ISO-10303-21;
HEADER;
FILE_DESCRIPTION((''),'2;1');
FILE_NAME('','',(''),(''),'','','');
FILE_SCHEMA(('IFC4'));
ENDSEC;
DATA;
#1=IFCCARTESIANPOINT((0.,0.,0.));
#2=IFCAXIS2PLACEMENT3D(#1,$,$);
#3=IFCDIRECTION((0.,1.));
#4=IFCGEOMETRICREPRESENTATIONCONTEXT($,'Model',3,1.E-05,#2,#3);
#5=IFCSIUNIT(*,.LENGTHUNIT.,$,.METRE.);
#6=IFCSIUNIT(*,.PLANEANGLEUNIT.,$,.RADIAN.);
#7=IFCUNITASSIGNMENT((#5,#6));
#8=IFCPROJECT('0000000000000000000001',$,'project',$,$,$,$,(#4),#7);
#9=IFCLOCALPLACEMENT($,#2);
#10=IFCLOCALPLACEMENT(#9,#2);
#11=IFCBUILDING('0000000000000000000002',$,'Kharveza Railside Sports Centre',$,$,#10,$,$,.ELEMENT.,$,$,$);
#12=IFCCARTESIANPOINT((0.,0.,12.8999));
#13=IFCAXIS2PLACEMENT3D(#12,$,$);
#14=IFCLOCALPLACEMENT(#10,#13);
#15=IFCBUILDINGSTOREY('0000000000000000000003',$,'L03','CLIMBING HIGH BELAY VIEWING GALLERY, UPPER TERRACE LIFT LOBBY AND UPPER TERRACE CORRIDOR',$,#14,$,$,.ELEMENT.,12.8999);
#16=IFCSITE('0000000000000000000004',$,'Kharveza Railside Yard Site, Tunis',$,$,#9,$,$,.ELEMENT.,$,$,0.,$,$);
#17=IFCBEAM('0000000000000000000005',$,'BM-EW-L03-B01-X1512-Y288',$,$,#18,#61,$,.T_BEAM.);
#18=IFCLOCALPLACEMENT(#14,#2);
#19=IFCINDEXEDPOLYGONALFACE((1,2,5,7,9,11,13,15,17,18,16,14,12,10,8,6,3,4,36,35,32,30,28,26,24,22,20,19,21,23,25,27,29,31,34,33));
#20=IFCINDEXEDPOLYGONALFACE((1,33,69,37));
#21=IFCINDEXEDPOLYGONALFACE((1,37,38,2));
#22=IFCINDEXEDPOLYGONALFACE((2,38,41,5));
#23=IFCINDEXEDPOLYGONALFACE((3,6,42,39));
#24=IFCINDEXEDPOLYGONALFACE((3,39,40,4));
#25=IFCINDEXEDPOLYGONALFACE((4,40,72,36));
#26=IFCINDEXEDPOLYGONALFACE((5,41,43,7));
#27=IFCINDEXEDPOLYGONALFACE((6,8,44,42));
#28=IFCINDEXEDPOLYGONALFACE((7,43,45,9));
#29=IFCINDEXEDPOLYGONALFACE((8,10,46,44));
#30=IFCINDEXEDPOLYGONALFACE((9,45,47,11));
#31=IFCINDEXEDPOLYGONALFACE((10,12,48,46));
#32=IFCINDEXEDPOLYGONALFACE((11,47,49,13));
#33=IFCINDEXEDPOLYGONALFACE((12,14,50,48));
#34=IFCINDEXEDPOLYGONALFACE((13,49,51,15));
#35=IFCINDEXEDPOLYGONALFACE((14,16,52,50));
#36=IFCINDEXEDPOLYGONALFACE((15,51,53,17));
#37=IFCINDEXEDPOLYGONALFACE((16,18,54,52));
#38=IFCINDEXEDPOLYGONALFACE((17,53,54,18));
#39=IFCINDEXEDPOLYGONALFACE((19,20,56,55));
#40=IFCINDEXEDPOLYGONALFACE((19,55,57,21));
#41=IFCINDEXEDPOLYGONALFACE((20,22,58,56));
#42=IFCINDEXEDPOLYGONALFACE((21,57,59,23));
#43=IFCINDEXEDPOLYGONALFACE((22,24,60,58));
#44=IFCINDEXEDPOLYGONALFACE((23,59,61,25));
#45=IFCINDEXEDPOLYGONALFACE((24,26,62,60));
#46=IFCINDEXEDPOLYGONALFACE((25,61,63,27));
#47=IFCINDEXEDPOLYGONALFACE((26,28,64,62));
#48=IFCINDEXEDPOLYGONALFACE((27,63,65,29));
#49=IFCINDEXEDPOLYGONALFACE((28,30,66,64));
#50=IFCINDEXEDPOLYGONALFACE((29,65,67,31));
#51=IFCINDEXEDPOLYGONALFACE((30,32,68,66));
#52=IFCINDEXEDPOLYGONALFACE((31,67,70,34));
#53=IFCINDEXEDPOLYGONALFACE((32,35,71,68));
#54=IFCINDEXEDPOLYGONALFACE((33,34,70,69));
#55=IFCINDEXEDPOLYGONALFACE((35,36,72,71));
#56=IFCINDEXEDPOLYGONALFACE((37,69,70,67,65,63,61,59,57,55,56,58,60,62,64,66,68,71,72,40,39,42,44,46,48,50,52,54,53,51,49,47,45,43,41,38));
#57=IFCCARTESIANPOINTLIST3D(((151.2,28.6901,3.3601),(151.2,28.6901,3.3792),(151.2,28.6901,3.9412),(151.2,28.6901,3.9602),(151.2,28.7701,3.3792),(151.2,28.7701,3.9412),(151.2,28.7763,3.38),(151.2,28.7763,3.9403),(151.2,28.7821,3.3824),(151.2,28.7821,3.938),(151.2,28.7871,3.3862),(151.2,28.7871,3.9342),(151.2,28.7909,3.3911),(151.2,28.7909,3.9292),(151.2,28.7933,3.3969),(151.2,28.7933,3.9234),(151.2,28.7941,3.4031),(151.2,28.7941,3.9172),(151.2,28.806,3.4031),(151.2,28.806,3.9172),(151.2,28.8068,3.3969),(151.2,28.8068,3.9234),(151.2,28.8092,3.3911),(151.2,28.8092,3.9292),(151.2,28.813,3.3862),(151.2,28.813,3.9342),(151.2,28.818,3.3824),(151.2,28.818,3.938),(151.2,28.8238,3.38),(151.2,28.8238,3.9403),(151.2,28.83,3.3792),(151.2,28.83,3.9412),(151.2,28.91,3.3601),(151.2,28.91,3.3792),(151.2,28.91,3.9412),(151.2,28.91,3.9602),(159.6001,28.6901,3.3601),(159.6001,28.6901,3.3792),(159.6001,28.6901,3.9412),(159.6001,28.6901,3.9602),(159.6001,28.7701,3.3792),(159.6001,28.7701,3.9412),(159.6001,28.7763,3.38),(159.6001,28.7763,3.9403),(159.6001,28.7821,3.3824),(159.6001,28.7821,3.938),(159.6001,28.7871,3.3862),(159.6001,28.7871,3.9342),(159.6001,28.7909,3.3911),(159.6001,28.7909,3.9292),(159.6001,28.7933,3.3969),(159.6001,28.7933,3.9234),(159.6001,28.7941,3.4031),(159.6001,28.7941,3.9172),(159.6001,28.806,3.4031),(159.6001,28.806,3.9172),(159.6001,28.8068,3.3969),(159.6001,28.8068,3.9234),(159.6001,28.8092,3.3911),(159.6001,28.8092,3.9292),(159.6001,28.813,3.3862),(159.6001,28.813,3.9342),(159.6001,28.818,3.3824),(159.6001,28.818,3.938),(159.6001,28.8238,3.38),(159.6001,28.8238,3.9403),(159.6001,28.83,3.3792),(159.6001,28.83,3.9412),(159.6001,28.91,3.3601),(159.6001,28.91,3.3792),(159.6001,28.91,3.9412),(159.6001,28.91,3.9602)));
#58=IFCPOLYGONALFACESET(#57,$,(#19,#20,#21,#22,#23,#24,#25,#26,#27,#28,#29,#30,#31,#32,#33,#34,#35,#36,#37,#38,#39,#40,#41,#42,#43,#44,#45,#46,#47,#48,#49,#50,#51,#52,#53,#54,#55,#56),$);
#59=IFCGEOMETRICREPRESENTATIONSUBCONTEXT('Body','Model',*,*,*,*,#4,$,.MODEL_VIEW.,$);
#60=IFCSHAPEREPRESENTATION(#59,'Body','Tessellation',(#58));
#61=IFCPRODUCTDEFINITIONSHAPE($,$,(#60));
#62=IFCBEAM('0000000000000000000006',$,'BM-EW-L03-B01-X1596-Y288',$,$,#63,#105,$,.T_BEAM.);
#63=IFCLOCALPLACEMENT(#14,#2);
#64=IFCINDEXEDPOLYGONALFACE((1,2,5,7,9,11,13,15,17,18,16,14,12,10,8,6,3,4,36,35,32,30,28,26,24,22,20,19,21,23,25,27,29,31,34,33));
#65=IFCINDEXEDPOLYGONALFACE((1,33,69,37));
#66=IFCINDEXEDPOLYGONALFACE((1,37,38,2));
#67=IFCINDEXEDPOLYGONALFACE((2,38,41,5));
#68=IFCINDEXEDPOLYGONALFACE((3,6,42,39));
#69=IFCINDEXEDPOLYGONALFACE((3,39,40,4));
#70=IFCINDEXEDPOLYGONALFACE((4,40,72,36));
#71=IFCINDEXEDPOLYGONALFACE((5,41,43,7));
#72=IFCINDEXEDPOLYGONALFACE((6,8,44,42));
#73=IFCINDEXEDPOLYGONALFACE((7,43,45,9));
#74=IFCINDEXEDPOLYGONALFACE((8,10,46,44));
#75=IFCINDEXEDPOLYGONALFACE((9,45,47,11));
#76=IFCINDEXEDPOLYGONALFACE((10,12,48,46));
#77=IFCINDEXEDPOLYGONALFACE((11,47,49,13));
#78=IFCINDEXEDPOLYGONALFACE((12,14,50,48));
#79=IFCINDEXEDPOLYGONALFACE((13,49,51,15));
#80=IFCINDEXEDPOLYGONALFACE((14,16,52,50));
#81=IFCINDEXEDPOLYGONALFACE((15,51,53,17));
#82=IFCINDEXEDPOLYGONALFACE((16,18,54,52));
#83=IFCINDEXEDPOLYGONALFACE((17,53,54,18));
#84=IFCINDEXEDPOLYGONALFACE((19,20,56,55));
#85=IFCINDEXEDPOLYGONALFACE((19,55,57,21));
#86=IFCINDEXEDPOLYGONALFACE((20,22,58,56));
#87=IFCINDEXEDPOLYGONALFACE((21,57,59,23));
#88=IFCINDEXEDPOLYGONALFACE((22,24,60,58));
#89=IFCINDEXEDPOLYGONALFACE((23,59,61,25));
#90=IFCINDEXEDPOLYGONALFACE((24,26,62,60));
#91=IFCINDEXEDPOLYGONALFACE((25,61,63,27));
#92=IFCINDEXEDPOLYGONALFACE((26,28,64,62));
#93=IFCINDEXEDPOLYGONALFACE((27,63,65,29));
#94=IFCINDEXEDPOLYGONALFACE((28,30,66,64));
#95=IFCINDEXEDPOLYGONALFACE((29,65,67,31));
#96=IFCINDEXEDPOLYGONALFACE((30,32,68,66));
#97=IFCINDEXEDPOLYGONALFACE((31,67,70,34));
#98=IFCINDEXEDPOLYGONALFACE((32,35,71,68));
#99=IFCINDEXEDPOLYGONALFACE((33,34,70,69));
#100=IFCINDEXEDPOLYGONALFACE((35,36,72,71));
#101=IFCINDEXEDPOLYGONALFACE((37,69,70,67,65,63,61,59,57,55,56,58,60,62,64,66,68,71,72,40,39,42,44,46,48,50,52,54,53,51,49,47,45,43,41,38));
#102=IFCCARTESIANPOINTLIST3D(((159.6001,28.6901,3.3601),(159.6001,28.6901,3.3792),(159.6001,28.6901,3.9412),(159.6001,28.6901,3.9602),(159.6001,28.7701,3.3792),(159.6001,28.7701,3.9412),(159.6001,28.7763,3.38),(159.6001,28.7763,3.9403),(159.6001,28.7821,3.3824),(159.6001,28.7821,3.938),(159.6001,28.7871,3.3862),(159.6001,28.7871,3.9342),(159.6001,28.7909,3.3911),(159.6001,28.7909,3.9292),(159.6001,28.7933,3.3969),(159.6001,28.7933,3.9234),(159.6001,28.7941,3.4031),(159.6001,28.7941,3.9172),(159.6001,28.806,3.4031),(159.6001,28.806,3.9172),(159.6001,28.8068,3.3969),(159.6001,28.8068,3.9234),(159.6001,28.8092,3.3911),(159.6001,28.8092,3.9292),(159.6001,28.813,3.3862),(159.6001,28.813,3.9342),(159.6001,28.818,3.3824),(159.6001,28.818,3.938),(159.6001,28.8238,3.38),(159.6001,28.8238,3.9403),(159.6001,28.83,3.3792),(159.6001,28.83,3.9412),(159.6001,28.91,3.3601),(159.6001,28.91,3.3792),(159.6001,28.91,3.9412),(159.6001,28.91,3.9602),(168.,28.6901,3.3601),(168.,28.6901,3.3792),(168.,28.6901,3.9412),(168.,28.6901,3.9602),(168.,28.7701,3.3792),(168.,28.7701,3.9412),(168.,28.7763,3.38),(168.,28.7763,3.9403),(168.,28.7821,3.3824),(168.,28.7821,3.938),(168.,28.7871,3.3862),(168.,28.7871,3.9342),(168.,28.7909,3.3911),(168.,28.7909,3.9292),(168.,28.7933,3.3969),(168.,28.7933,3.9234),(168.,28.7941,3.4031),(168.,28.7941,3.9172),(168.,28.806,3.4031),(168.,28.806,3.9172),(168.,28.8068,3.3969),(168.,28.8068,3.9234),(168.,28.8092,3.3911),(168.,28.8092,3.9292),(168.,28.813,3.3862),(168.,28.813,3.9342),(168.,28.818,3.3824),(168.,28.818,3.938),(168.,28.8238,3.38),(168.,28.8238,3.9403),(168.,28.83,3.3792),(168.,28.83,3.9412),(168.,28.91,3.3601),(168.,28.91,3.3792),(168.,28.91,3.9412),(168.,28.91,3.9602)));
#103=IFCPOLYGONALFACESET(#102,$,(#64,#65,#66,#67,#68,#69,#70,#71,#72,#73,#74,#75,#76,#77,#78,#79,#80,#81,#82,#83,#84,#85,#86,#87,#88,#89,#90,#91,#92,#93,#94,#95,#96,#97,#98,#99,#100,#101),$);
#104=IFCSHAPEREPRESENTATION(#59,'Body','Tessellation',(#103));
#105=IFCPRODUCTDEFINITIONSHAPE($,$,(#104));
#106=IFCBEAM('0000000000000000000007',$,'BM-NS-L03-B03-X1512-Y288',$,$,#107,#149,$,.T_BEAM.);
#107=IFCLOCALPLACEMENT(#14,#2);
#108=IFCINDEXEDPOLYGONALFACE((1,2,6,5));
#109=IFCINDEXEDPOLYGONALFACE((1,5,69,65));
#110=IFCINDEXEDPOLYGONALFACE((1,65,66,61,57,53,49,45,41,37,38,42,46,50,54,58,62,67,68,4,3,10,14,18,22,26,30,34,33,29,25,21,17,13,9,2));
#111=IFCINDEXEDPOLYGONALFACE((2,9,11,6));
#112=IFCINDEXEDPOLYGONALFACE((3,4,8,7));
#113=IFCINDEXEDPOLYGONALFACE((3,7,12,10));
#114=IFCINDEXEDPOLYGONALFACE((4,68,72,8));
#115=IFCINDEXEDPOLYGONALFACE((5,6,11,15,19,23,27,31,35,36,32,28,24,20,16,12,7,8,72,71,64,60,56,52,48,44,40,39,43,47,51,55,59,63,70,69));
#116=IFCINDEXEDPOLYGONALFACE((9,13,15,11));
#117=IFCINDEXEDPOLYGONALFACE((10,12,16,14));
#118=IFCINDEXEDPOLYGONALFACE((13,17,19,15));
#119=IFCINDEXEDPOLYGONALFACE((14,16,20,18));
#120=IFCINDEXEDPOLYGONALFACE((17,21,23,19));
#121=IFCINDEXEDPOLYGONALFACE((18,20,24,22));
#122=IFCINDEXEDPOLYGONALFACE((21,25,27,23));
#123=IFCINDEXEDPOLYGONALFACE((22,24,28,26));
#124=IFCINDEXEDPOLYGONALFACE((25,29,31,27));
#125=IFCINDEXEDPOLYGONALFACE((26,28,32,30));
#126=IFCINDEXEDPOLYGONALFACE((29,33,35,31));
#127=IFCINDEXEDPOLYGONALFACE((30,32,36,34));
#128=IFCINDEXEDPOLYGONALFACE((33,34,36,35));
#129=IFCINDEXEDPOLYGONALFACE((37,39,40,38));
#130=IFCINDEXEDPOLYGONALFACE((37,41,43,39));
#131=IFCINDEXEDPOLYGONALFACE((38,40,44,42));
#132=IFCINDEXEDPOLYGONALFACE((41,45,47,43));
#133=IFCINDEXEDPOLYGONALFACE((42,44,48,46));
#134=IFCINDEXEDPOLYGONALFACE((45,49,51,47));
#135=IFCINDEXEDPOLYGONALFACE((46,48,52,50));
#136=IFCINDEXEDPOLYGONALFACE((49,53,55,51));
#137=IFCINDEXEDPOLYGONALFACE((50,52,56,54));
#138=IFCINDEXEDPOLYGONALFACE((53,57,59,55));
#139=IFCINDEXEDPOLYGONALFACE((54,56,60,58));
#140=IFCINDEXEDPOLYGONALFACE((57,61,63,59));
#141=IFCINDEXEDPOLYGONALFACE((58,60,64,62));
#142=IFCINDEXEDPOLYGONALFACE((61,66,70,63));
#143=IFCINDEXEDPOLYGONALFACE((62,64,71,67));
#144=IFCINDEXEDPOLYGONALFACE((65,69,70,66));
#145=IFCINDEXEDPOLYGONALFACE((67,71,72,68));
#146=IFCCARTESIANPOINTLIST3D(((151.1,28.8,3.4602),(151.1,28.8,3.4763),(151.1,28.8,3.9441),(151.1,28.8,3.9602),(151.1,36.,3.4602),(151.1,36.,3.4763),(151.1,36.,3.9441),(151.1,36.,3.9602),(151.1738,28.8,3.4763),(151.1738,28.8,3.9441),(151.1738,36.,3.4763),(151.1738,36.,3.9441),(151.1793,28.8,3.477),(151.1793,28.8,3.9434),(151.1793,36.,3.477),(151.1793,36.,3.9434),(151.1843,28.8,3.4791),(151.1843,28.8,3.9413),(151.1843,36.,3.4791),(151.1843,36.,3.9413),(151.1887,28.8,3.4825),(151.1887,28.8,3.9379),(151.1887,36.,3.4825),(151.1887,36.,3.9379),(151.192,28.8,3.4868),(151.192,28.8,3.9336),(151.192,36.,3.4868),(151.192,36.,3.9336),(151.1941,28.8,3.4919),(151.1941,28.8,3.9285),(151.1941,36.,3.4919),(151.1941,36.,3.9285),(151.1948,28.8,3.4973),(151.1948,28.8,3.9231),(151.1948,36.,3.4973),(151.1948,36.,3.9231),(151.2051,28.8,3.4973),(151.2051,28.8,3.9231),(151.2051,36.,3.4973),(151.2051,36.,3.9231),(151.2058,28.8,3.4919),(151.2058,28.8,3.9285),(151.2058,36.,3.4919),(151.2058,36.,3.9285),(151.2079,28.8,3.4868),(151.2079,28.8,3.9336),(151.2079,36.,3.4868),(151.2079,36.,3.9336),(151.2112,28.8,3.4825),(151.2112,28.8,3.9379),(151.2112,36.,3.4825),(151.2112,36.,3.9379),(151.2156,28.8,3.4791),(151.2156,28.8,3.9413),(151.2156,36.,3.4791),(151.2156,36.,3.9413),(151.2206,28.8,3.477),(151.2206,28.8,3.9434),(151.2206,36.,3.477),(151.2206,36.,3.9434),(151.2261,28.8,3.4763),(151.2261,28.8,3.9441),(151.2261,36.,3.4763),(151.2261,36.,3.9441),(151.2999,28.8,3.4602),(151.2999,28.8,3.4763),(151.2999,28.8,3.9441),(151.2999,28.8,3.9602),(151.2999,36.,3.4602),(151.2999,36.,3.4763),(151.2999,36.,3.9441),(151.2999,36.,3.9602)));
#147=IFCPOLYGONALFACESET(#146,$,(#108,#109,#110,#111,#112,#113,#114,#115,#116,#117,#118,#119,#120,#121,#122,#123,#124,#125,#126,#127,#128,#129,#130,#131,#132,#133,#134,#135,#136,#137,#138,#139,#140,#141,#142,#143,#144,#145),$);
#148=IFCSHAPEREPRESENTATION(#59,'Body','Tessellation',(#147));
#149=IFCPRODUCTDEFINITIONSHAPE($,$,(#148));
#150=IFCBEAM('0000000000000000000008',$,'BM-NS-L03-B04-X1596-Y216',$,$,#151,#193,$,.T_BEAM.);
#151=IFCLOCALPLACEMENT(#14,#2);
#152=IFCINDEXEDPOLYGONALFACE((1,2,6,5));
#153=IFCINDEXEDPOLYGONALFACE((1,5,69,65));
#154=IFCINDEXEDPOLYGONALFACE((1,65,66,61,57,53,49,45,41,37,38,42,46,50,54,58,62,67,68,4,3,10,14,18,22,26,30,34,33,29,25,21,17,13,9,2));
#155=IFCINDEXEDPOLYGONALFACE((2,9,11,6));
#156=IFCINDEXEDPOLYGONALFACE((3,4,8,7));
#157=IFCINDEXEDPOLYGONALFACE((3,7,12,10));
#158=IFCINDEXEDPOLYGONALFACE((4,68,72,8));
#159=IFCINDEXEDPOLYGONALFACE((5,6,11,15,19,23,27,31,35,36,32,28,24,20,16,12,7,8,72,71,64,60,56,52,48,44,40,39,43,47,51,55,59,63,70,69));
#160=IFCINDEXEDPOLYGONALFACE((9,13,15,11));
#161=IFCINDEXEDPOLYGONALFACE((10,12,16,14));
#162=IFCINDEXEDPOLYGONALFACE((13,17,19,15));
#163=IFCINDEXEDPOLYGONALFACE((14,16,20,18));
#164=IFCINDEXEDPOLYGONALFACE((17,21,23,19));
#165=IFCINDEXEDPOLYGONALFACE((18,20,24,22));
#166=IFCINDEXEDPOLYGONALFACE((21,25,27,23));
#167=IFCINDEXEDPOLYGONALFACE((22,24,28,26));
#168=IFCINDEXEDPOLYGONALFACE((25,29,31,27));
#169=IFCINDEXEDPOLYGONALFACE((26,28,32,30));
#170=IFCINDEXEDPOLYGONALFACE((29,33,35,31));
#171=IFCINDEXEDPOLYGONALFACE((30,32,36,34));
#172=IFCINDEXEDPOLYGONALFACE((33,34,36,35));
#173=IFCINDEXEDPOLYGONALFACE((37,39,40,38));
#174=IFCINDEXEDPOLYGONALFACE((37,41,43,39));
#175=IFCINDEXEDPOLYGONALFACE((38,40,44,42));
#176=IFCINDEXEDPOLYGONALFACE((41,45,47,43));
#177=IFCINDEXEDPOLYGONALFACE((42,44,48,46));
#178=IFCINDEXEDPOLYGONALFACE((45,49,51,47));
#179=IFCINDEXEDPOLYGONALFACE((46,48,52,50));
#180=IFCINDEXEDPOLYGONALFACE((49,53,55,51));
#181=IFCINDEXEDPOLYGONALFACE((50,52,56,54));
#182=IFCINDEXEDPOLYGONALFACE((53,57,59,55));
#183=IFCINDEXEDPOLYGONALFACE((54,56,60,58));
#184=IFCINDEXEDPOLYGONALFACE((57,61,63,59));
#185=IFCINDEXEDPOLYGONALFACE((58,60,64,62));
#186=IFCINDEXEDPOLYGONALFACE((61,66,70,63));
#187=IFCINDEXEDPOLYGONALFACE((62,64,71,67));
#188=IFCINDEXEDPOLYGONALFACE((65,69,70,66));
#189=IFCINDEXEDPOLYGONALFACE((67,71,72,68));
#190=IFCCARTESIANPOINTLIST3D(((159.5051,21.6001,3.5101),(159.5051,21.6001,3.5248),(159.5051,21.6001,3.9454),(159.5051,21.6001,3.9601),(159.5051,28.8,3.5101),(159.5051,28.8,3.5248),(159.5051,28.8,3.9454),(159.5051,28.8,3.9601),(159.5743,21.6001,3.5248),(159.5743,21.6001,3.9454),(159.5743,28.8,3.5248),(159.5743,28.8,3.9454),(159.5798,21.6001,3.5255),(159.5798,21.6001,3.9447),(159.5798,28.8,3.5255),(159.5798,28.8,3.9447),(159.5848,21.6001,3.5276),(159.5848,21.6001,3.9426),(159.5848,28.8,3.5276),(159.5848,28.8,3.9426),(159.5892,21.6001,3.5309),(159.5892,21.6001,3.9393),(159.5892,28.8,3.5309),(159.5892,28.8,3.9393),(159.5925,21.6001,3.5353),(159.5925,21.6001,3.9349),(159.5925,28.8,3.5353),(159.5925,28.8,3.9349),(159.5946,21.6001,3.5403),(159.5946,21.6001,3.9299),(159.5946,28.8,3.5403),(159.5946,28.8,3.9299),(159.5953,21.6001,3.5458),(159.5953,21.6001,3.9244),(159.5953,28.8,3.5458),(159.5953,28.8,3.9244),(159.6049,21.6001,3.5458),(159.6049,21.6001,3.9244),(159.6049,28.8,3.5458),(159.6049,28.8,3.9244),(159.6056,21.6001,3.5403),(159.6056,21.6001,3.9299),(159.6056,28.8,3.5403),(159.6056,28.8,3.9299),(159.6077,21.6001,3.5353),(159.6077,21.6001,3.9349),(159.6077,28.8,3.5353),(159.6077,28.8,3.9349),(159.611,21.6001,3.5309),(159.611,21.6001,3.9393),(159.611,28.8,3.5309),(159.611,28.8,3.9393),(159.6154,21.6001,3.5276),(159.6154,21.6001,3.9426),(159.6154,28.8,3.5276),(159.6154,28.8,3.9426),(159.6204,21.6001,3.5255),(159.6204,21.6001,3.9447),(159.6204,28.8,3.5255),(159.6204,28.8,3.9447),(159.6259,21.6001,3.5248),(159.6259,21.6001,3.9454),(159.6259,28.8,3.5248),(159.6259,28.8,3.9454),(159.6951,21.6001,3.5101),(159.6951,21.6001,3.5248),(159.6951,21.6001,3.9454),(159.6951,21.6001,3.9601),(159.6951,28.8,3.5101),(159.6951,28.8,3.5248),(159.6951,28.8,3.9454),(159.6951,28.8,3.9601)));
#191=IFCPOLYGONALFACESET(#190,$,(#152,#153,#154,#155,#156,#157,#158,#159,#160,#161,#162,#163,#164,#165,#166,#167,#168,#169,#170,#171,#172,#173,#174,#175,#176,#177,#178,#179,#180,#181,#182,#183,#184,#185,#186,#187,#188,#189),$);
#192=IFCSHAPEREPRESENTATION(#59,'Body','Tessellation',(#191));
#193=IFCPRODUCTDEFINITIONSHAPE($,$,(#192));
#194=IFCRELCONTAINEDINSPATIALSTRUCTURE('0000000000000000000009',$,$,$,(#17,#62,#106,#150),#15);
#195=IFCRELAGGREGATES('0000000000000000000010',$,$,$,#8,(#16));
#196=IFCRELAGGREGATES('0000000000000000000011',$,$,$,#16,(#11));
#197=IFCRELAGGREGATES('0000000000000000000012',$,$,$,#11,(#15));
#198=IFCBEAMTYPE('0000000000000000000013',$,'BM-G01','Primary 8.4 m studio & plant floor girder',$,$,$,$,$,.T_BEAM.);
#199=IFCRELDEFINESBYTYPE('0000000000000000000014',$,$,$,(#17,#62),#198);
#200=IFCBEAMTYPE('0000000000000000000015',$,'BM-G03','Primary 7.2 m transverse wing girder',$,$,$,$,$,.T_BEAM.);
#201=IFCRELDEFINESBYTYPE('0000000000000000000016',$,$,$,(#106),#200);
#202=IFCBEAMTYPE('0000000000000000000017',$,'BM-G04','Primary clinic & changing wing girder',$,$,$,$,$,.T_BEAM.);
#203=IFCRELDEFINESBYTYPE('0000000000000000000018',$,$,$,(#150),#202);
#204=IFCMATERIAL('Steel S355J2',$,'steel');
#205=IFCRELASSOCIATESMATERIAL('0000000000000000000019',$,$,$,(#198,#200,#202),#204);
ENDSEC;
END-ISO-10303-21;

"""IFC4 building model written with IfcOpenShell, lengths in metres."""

from ifc_helpers import new_model, si_unit, direction, frame, origin, origin_2d, place, context, subcontext, project, spatial, i_section, extrude, material, material_profile, profile_set, type_object, element, save


model = new_model("IFC4")

# Units and contexts
model_context = context("Model", 3, precision=1e-05, world=origin(), true_north=direction((0.0, 1.0)))
body_context = subcontext(model_context, "Body", "Model", "MODEL_VIEW")
ifc_project = project(units=[si_unit("LENGTHUNIT", "METRE"), si_unit("PLANEANGLEUNIT", "RADIAN")], contexts=[model_context])

# Site, building, storey
site_placement = place(None, origin())
site = spatial("IfcSite", under=ifc_project, at=site_placement, Name="Kharveza Railside Yard Site, Tunis", CompositionType="ELEMENT", RefElevation=0.0)
building_placement = place(site_placement, origin())
building = spatial("IfcBuilding", under=site, at=building_placement, Name="Kharveza Railside Sports Centre", CompositionType="ELEMENT")
storey_placement = place(building_placement, frame((0.0, 0.0, 12.8999)))
storey = spatial("IfcBuildingStorey", under=building, at=storey_placement, Name="L03", Description="CLIMBING HIGH BELAY VIEWING GALLERY, UPPER TERRACE LIFT LOBBY AND UPPER TERRACE CORRIDOR", CompositionType="ELEMENT", Elevation=12.8999)

# Shared definitions
ifc_material_1 = material(Name="Steel S355J2", Category="steel")

# Beams
ifc_material_profile_1 = material_profile(ifc_material_1, i_section(OverallWidth=0.22, OverallDepth=0.6001, WebThickness=0.012, FlangeThickness=0.019, FilletRadius=0.0239, at=origin_2d()), Name="IPE 600")
ifc_profile_set_1 = profile_set([ifc_material_profile_1], Name="Steel S355J2")
beam_type_1 = type_object("IfcBeamType", Name="BM-G01", Description="Primary 8.4 m studio & plant floor girder", PredefinedType="T_BEAM", material=ifc_profile_set_1)
beam_1_placement = place(storey_placement, frame((151.2, 28.8, 3.6602), z_axis=(1.0, 0.0, 0.0), x_axis=(0.0, 1.0, 0.0)))
element("IfcBeam", 1, at=beam_1_placement, inside=storey, type_object=beam_type_1, Name="BM-EW-L03-B01-X1512-Y288", PredefinedType="T_BEAM", context=body_context, shape_type="SweptSolid", body=[
    extrude(i_section(OverallWidth=0.22, OverallDepth=0.6001, WebThickness=0.012, FlangeThickness=0.019, FilletRadius=0.0239, at=origin_2d()), origin(), (0.0, 0.0, 1.0), 8.4001),
])
beam_2_placement = place(storey_placement, frame((159.6001, 28.8, 3.6602), z_axis=(1.0, 0.0, 0.0), x_axis=(0.0, 1.0, 0.0)))
element("IfcBeam", 2, at=beam_2_placement, inside=storey, type_object=beam_type_1, Name="BM-EW-L03-B01-X1596-Y288", PredefinedType="T_BEAM", context=body_context, shape_type="SweptSolid", body=[
    extrude(i_section(OverallWidth=0.22, OverallDepth=0.6001, WebThickness=0.012, FlangeThickness=0.019, FilletRadius=0.0239, at=origin_2d()), origin(), (0.0, 0.0, 1.0), 8.3999),
])
ifc_material_profile_2 = material_profile(ifc_material_1, i_section(OverallWidth=0.2, OverallDepth=0.5, WebThickness=0.0103, FlangeThickness=0.0161, FilletRadius=0.021, at=origin_2d()), Name="IPE 500")
ifc_profile_set_2 = profile_set([ifc_material_profile_2], Name="Steel S355J2")
beam_type_2 = type_object("IfcBeamType", Name="BM-G03", Description="Primary 7.2 m transverse wing girder", PredefinedType="T_BEAM", material=ifc_profile_set_2)
beam_3_placement = place(storey_placement, frame((151.2, 28.8, 3.7102), z_axis=(0.0, 1.0, 0.0), x_axis=(-1.0, 0.0, 0.0)))
element("IfcBeam", 3, at=beam_3_placement, inside=storey, type_object=beam_type_2, Name="BM-NS-L03-B03-X1512-Y288", PredefinedType="T_BEAM", context=body_context, shape_type="SweptSolid", body=[
    extrude(i_section(OverallWidth=0.2, OverallDepth=0.5, WebThickness=0.0103, FlangeThickness=0.0161, FilletRadius=0.021, at=origin_2d()), origin(), (0.0, 0.0, 1.0), 7.2),
])
ifc_material_profile_3 = material_profile(ifc_material_1, i_section(OverallWidth=0.1899, OverallDepth=0.45, WebThickness=0.0095, FlangeThickness=0.0146, FilletRadius=0.021, at=origin_2d()), Name="IPE 450")
ifc_profile_set_3 = profile_set([ifc_material_profile_3], Name="Steel S355J2")
beam_type_3 = type_object("IfcBeamType", Name="BM-G04", Description="Primary clinic & changing wing girder", PredefinedType="T_BEAM", material=ifc_profile_set_3)
for number, where, z_axis, x_axis, name in (
    (4, (159.6001, 21.6001, 3.7351), (0.0, 1.0, 0.0), (-1.0, 0.0, 0.0), "BM-NS-L03-B04-X1596-Y216"),
):
    element("IfcBeam", number, at=place(storey_placement, frame(where, z_axis=z_axis, x_axis=x_axis)), inside=storey, type_object=beam_type_3, Name=name, PredefinedType="T_BEAM", context=body_context, shape_type="SweptSolid", body=[
        extrude(i_section(OverallWidth=0.1899, OverallDepth=0.45, WebThickness=0.0095, FlangeThickness=0.0146, FilletRadius=0.021, at=origin_2d()), origin(), (0.0, 0.0, 1.0), 7.2),
    ])

save(model, "model.ifc")
